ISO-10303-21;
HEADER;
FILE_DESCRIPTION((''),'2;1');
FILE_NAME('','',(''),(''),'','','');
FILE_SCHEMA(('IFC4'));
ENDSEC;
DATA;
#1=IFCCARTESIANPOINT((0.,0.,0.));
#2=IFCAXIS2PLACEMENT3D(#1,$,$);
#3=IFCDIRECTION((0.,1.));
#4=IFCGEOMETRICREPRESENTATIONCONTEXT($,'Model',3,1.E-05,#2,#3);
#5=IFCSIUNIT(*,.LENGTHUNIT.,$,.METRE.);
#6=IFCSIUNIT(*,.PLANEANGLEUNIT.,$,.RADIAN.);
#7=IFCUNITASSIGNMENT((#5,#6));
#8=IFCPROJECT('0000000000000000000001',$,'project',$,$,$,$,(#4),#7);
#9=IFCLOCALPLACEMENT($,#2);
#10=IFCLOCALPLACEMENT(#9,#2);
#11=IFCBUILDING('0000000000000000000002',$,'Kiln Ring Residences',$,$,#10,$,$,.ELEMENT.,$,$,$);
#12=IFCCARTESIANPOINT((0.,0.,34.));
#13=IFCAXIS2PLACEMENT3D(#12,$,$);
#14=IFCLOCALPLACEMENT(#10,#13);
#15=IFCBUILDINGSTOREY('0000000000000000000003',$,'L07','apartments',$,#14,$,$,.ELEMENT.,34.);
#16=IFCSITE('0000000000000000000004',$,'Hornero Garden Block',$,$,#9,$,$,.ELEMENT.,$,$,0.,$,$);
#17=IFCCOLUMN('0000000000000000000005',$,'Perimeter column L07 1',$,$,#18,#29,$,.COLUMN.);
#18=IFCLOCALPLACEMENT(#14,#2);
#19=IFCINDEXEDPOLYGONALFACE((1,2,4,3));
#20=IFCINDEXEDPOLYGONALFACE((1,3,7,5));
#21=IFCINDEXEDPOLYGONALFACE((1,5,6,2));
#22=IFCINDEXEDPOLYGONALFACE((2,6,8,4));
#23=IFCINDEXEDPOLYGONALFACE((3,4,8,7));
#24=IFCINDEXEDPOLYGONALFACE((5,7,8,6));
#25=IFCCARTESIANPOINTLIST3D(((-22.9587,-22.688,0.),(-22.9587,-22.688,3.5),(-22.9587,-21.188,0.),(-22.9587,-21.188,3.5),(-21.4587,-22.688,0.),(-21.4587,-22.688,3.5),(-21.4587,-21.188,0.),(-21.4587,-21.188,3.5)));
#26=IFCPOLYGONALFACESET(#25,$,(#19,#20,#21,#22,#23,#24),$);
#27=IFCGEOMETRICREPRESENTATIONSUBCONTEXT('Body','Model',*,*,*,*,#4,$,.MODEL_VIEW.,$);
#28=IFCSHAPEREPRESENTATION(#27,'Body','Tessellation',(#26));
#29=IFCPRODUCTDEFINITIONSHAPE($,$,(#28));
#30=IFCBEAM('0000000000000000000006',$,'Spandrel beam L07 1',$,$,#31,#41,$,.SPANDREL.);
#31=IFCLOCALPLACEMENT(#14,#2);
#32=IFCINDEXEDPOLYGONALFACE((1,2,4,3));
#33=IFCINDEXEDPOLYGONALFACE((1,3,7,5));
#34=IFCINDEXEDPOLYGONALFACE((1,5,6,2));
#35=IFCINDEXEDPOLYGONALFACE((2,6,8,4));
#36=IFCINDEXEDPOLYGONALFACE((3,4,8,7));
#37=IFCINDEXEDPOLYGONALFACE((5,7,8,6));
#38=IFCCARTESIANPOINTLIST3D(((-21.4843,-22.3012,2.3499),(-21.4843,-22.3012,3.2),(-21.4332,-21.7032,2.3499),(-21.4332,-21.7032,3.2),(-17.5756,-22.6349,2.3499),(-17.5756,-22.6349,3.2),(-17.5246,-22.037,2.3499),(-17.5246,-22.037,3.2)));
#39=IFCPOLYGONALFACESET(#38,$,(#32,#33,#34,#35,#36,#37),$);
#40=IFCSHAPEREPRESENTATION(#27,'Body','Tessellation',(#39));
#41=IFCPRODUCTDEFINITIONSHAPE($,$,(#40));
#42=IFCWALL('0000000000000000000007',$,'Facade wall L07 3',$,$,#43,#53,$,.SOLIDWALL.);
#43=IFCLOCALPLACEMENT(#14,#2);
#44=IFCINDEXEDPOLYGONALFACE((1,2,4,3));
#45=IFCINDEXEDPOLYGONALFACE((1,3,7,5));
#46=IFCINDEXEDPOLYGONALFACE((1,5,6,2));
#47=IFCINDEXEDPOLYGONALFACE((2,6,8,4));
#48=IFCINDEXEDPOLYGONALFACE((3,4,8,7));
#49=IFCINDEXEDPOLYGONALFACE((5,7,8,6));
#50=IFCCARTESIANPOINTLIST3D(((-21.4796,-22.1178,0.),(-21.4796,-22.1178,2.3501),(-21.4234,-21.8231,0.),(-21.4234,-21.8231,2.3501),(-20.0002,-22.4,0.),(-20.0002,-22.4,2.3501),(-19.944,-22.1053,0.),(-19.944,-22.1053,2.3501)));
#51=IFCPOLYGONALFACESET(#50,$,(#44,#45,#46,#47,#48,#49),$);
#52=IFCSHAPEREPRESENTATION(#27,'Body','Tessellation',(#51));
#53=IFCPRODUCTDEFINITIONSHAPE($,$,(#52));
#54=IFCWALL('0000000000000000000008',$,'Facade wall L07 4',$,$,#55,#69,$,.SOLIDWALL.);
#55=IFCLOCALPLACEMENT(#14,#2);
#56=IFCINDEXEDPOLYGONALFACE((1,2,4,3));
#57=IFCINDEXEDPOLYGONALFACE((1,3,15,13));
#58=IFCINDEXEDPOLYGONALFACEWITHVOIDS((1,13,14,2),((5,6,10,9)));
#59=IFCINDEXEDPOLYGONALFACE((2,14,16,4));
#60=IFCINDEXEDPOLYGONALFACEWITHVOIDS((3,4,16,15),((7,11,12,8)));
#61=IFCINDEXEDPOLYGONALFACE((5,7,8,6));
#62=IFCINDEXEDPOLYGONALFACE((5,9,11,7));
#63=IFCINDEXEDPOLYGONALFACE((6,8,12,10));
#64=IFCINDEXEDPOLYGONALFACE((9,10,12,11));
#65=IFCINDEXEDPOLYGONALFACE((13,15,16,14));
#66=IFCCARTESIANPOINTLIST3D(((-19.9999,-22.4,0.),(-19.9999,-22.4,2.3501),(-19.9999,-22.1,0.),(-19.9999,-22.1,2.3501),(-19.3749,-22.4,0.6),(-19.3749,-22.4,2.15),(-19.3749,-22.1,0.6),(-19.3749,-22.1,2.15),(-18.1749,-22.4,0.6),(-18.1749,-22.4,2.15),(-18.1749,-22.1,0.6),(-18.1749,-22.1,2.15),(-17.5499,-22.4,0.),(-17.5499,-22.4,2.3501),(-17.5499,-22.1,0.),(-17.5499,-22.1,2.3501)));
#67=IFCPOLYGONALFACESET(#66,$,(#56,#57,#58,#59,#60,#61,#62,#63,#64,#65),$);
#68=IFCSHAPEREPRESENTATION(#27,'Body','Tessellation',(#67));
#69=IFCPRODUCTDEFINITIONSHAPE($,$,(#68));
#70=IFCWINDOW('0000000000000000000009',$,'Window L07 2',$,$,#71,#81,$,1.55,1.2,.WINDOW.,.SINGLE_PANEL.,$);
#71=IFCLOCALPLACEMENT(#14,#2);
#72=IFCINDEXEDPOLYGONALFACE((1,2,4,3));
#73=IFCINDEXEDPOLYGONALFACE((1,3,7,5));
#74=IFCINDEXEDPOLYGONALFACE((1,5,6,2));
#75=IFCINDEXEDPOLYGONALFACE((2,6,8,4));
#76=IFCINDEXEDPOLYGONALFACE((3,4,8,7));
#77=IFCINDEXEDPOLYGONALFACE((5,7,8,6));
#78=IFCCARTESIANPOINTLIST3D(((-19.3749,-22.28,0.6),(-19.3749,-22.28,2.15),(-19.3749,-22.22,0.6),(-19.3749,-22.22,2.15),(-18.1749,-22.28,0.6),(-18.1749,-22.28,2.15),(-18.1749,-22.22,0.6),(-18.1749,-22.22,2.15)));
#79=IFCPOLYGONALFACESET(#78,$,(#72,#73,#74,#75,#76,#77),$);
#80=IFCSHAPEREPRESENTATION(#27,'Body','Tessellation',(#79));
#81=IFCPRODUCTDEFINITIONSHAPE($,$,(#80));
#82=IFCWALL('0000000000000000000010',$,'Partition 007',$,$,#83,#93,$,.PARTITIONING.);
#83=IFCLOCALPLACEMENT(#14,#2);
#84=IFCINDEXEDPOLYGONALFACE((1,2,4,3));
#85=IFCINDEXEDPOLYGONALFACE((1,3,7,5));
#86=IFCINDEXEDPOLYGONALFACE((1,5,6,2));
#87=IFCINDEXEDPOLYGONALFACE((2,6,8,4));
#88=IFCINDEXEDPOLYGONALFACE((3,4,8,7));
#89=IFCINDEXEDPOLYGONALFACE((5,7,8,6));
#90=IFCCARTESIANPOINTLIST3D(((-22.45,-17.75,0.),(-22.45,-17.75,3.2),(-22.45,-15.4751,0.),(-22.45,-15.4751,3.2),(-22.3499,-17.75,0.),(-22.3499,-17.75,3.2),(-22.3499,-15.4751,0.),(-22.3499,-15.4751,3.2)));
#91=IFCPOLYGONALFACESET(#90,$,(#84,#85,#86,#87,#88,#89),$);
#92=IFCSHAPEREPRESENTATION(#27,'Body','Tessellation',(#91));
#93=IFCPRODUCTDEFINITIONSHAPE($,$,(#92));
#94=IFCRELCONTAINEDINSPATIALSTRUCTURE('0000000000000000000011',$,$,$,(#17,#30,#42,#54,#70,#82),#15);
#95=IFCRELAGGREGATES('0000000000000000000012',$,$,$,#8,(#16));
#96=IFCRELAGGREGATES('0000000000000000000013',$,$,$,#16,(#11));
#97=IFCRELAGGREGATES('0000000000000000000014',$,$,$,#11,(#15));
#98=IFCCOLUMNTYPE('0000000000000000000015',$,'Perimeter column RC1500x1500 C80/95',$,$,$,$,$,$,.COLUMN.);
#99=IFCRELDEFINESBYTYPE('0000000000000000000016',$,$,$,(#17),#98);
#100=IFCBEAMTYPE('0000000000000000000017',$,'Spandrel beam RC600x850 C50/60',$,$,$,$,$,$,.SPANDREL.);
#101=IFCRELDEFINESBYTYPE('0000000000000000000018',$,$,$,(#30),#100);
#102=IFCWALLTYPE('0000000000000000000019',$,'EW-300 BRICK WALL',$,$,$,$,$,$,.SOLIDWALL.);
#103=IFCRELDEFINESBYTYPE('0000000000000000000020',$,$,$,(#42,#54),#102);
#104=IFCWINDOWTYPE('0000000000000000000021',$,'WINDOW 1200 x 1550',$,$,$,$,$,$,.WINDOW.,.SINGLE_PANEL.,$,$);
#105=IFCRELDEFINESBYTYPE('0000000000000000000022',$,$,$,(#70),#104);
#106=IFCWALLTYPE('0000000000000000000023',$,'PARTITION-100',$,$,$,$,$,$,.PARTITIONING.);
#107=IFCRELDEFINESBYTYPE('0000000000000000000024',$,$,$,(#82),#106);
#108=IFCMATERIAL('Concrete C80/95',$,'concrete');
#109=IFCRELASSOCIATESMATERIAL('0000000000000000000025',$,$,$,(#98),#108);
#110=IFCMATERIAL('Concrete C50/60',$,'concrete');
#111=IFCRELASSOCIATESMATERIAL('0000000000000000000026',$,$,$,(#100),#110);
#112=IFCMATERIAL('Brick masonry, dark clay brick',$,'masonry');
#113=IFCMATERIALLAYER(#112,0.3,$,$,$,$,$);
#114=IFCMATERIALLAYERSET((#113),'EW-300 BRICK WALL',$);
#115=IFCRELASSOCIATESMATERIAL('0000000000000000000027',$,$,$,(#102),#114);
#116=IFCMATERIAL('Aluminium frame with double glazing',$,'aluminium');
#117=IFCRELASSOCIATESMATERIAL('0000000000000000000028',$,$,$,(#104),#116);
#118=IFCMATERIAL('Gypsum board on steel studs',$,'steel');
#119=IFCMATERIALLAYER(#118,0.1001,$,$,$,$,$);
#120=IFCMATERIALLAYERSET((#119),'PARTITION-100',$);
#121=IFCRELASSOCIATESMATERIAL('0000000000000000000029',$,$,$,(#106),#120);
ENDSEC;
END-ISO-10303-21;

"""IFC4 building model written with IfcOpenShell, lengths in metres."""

from ifc_helpers import new_model, si_unit, direction, frame, frame_2d, origin, origin_2d, place, context, subcontext, project, spatial, rectangle, extrude, material, layer, layer_set, material_profile, profile_set, type_object, element, fill, save


model = new_model("IFC4")

# Units and contexts
model_context = context("Model", 3, precision=1e-05, world=origin(), true_north=direction((0.0, 1.0)))
body_context = subcontext(model_context, "Body", "Model", "MODEL_VIEW")
ifc_project = project(units=[si_unit("LENGTHUNIT", "METRE"), si_unit("PLANEANGLEUNIT", "RADIAN")], contexts=[model_context])

# Site, building, storey
site_placement = place(None, origin())
site = spatial("IfcSite", under=ifc_project, at=site_placement, Name="Hornero Garden Block", CompositionType="ELEMENT", RefElevation=0.0)
building_placement = place(site_placement, origin())
building = spatial("IfcBuilding", under=site, at=building_placement, Name="Kiln Ring Residences", CompositionType="ELEMENT")
storey_placement = place(building_placement, frame((0.0, 0.0, 34.0)))
storey = spatial("IfcBuildingStorey", under=building, at=storey_placement, Name="L07", Description="apartments", CompositionType="ELEMENT", Elevation=34.0)

# Column
ifc_material_1 = material(Name="Concrete C80/95", Category="concrete")
ifc_material_profile_1 = material_profile(ifc_material_1, rectangle(XDim=1.5, YDim=1.5, at=origin_2d()), Name="RC1500x1500")
ifc_profile_set_1 = profile_set([ifc_material_profile_1], Name="Concrete C80/95")
column_type = type_object("IfcColumnType", Name="Perimeter column RC1500x1500 C80/95", PredefinedType="COLUMN", material=ifc_profile_set_1)
column_placement = place(storey_placement, frame((-22.2087, -21.938, 0.0), z_axis=(0.0, 0.0, 1.0), x_axis=(1.0, 0.0, 0.0)))
element("IfcColumn", 1, at=column_placement, inside=storey, type_object=column_type, Name="Perimeter column L07 1", PredefinedType="COLUMN", context=body_context, shape_type="SweptSolid", body=[
    extrude(rectangle(XDim=1.5, YDim=1.5, at=origin_2d()), origin(), (0.0, 0.0, 1.0), 3.5),
])

# Beam
ifc_material_2 = material(Name="Concrete C50/60", Category="concrete")
ifc_material_profile_2 = material_profile(ifc_material_2, rectangle(XDim=0.6001, YDim=0.8501, at=origin_2d()), Name="RC600x850")
ifc_profile_set_2 = profile_set([ifc_material_profile_2], Name="Concrete C50/60")
beam_type = type_object("IfcBeamType", Name="Spandrel beam RC600x850 C50/60", PredefinedType="SPANDREL", material=ifc_profile_set_2)
beam_placement = place(storey_placement, frame((-21.4587, -22.0022, 2.7749), z_axis=(0.996375, -0.085075, 0.0), x_axis=(0.085075, 0.996375, 0.0)))
element("IfcBeam", 2, at=beam_placement, inside=storey, type_object=beam_type, Name="Spandrel beam L07 1", PredefinedType="SPANDREL", context=body_context, shape_type="SweptSolid", body=[
    extrude(rectangle(XDim=0.6001, YDim=0.8501, at=origin_2d()), origin(), (0.0, 0.0, 1.0), 3.9229),
])

# Wall
ifc_material_3 = material(Name="Brick masonry, dark clay brick", Category="masonry")
ifc_layer_1 = layer(ifc_material_3, 0.3)
ifc_layer_set_1 = layer_set([ifc_layer_1], Name="EW-300 BRICK WALL")
wall_type_1 = type_object("IfcWallType", Name="EW-300 BRICK WALL", PredefinedType="SOLIDWALL", material=ifc_layer_set_1)
wall_1_placement = place(storey_placement, frame((-21.4514, -21.9705, 0.0), z_axis=(0.0, 0.0, 1.0), x_axis=(0.982287, -0.18738, 0.0)))
element("IfcWall", 3, at=wall_1_placement, inside=storey, type_object=wall_type_1, Name="Facade wall L07 3", PredefinedType="SOLIDWALL", context=body_context, shape_type="SweptSolid", body=[
    extrude(rectangle(XDim=1.5061, YDim=0.3, at=frame_2d((0.7529, 0.0))), origin(), (0.0, 0.0, 1.0), 2.3501),
])

# Wall, opening, window
wall_2_placement = place(storey_placement, frame((-20.0, -22.25, 0.0), z_axis=(0.0, 0.0, 1.0), x_axis=(1.0, 0.0, 0.0)))
wall_2 = element("IfcWall", 4, at=wall_2_placement, inside=storey, type_object=wall_type_1, Name="Facade wall L07 4", PredefinedType="SOLIDWALL", context=body_context, shape_type="SweptSolid", body=[
    extrude(rectangle(XDim=2.45, YDim=0.3, at=frame_2d((1.2251, 0.0))), origin(), (0.0, 0.0, 1.0), 2.3501),
])
opening_placement = place(wall_2_placement, frame((0.625, 0.0, 0.6001)))
opening = element("IfcOpeningElement", 5, at=opening_placement, cuts=wall_2, PredefinedType="OPENING", context=body_context, shape_type="SweptSolid", body=[
    extrude(rectangle(XDim=1.2, YDim=1.55, at=frame_2d((0.6001, 0.7749))), frame((0.0, 0.1599, 0.0), z_axis=(0.0, -1.0, 0.0), x_axis=(1.0, 0.0, 0.0)), (0.0, 0.0, 1.0), 0.3201),
])
ifc_material_4 = material(Name="Aluminium frame with double glazing", Category="aluminium")
window_type = type_object("IfcWindowType", Name="WINDOW 1200 x 1550", PartitioningType="SINGLE_PANEL", PredefinedType="WINDOW", material=ifc_material_4)
window_placement = place(opening_placement, origin())
window = element("IfcWindow", 6, at=window_placement, inside=storey, type_object=window_type, Name="Window L07 2", OverallHeight=1.55, OverallWidth=1.2, PartitioningType="SINGLE_PANEL", PredefinedType="WINDOW", context=body_context, shape_type="SweptSolid", body=[
    extrude(rectangle(XDim=1.2, YDim=1.55, at=frame_2d((0.6001, 0.7749))), frame((0.0, 0.03, 0.0), z_axis=(0.0, -1.0, 0.0), x_axis=(1.0, 0.0, 0.0)), (0.0, 0.0, 1.0), 0.0601),
])
fill(opening, window)

# Wall
ifc_material_5 = material(Name="Gypsum board on steel studs", Category="steel")
ifc_layer_2 = layer(ifc_material_5, 0.1001)
ifc_layer_set_2 = layer_set([ifc_layer_2], Name="PARTITION-100")
wall_type_2 = type_object("IfcWallType", Name="PARTITION-100", PredefinedType="PARTITIONING", material=ifc_layer_set_2)
wall_3_placement = place(storey_placement, frame((-22.3999, -17.75, 0.0), z_axis=(0.0, 0.0, 1.0), x_axis=(0.0, 1.0, 0.0)))
element("IfcWall", 7, at=wall_3_placement, inside=storey, type_object=wall_type_2, Name="Partition 007", PredefinedType="PARTITIONING", context=body_context, shape_type="SweptSolid", body=[
    extrude(rectangle(XDim=2.2749, YDim=0.1001, at=frame_2d((1.1375, 0.0))), origin(), (0.0, 0.0, 1.0), 3.2),
])

save(model, "model.ifc")
